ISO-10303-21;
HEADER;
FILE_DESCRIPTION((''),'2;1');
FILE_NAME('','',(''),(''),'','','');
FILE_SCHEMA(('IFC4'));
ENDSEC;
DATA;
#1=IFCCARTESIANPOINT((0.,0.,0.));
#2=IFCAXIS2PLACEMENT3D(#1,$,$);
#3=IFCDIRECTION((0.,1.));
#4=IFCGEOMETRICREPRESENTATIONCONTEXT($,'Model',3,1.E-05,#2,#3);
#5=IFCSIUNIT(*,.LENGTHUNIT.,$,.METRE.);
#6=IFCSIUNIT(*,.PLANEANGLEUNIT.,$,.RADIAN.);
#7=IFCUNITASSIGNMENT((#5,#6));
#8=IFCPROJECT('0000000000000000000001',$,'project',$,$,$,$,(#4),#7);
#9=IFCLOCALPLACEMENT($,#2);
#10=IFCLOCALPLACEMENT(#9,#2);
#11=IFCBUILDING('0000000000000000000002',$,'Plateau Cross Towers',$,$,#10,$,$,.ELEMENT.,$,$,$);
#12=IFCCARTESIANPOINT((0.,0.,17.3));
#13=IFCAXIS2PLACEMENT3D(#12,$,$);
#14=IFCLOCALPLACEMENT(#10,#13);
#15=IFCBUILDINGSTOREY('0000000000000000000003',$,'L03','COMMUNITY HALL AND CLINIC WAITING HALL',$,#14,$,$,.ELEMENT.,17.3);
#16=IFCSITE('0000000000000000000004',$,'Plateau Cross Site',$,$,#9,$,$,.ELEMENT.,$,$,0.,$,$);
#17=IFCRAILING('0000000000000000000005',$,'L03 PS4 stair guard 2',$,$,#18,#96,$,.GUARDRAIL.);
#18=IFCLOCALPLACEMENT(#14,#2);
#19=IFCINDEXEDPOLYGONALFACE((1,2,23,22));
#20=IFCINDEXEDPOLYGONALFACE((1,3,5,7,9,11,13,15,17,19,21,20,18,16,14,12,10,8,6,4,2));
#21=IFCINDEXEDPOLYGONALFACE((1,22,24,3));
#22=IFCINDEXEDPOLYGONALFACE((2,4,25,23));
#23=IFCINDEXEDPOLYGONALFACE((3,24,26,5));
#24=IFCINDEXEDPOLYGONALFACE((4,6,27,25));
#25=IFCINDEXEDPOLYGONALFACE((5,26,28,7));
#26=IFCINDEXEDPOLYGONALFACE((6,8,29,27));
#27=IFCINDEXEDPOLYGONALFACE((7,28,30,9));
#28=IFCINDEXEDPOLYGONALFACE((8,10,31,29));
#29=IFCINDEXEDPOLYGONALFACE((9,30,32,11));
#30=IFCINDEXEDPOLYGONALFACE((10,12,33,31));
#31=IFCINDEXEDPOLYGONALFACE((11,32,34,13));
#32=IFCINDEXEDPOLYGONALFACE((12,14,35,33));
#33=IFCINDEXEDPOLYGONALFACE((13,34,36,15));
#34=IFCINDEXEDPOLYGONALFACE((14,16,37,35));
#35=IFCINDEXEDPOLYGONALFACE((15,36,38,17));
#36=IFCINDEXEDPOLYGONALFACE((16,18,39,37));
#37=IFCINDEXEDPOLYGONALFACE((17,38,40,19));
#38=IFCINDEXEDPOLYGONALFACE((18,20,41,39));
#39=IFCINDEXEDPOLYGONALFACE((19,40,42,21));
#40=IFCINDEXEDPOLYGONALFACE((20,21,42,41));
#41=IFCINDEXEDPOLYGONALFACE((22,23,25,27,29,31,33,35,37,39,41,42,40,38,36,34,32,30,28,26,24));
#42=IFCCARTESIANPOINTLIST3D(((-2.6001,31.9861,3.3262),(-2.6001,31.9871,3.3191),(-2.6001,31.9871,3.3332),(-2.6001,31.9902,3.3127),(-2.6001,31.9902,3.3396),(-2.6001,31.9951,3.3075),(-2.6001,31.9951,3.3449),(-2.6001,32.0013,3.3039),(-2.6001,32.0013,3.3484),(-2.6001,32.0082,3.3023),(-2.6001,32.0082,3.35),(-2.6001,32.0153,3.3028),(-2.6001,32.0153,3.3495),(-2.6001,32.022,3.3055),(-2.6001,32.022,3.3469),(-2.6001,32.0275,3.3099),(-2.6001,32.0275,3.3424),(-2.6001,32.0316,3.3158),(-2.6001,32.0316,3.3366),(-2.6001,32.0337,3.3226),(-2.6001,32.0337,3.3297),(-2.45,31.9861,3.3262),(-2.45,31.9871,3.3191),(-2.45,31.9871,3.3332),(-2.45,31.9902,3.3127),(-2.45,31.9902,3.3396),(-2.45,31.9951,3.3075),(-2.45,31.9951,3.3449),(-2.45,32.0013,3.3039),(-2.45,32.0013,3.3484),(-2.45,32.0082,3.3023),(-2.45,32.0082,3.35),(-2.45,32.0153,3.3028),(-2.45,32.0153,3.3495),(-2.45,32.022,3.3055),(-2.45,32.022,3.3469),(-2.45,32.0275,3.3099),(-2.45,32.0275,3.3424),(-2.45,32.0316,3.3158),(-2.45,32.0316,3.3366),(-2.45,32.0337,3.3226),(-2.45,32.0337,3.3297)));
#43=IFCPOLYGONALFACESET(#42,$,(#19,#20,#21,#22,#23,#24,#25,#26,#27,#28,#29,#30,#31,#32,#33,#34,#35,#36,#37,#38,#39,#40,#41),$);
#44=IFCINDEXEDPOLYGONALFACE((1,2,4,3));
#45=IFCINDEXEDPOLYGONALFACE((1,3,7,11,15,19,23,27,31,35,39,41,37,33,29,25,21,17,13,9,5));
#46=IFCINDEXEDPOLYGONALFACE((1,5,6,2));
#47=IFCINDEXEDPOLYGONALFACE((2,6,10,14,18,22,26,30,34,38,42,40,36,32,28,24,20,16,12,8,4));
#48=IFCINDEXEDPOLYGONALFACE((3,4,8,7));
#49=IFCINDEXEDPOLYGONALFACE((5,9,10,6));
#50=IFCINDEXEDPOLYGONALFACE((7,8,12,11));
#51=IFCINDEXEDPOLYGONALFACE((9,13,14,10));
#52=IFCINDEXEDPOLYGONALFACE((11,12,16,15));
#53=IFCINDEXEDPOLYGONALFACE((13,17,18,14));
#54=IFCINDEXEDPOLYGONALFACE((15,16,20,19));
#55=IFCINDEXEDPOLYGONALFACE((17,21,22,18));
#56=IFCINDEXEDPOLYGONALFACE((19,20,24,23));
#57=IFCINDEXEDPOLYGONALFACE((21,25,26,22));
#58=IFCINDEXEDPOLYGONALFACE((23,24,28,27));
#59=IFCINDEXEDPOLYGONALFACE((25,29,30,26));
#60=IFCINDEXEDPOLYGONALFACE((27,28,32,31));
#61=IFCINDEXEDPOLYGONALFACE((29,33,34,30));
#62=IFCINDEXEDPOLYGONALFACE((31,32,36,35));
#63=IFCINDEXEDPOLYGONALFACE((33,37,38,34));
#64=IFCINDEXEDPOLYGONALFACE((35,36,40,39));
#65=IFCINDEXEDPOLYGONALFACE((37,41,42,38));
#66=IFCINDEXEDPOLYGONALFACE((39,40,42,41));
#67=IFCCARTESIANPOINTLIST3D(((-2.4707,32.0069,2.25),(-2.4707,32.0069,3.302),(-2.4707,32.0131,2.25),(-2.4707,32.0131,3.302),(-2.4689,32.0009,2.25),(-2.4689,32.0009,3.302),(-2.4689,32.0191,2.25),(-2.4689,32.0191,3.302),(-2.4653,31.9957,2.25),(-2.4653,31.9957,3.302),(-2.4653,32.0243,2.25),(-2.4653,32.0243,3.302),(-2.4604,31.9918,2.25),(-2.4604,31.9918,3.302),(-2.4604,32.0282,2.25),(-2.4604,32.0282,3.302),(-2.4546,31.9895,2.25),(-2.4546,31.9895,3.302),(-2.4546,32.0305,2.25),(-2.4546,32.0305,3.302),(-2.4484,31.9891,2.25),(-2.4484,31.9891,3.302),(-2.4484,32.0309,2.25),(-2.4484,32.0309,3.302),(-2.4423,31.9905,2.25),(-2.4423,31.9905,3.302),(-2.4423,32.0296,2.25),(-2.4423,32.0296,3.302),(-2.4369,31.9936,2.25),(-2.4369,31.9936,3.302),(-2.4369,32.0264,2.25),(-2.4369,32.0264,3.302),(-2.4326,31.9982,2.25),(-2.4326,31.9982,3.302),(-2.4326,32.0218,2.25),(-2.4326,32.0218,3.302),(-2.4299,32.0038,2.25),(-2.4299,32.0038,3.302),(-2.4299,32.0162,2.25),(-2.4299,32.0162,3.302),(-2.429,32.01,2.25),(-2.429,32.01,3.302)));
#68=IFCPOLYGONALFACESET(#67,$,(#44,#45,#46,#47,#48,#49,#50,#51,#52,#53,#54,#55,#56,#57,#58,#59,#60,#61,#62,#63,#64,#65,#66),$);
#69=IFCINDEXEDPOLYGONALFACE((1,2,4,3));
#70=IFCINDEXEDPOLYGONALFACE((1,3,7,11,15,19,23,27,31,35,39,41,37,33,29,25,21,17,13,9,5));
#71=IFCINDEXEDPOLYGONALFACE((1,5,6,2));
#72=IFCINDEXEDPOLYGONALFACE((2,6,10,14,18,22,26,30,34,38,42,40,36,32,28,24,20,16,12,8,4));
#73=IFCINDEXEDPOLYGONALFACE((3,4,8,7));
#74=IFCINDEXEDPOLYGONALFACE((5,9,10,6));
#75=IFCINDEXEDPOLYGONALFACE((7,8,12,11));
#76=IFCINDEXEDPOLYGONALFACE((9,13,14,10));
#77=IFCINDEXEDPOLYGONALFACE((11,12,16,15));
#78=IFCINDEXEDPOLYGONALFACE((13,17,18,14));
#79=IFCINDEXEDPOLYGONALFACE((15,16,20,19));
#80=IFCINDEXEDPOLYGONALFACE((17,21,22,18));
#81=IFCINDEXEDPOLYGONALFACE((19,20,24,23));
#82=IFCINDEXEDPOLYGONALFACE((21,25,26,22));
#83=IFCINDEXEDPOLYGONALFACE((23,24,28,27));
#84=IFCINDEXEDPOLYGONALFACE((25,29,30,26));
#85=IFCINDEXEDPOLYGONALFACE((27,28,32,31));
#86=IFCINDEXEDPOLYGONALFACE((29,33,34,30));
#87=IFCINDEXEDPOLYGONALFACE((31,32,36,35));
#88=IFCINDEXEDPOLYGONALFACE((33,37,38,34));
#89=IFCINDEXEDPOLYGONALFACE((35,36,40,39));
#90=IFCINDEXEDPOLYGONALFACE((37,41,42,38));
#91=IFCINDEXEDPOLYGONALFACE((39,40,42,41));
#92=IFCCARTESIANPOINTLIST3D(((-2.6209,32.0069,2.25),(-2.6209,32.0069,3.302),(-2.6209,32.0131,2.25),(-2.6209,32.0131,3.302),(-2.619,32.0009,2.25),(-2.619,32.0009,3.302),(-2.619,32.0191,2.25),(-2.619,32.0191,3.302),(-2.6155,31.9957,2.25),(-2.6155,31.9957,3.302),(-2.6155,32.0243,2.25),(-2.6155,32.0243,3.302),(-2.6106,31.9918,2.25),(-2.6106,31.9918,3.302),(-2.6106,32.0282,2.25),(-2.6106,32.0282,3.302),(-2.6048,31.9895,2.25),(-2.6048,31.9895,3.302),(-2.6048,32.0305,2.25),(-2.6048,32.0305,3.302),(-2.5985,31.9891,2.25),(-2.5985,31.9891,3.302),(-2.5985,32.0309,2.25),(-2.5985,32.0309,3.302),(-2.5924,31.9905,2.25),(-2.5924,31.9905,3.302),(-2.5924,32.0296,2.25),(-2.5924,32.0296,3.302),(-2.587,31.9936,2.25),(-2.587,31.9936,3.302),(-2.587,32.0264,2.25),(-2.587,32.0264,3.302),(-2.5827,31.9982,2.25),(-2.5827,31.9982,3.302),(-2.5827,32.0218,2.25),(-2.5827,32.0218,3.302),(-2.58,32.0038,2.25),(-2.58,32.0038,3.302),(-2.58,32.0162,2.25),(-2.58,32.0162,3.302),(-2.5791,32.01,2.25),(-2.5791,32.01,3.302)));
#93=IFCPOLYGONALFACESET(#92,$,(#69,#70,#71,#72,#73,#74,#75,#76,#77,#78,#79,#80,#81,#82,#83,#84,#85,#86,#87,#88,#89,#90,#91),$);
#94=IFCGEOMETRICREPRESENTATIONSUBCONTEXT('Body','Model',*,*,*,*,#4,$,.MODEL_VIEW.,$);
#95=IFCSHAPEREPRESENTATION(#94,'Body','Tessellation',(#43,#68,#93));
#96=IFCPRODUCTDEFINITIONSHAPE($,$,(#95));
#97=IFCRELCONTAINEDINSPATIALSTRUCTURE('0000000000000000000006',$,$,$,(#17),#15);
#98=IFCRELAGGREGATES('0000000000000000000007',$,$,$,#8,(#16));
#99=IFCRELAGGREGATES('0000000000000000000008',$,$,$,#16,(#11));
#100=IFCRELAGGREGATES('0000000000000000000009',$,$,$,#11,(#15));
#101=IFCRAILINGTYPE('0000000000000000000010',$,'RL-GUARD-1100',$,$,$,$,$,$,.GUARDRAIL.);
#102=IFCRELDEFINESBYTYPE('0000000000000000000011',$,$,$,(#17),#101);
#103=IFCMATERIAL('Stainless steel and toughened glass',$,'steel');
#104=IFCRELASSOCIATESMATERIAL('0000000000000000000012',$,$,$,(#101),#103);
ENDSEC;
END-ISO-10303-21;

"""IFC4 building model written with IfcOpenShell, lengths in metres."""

from ifc_helpers import new_model, si_unit, direction, frame, origin, origin_2d, place, context, subcontext, project, spatial, circle, extrude, material, type_object, element, save


model = new_model("IFC4")

# Units and contexts
model_context = context("Model", 3, precision=1e-05, world=origin(), true_north=direction((0.0, 1.0)))
body_context = subcontext(model_context, "Body", "Model", "MODEL_VIEW")
ifc_project = project(units=[si_unit("LENGTHUNIT", "METRE"), si_unit("PLANEANGLEUNIT", "RADIAN")], contexts=[model_context])

# Site, building, storey
site_placement = place(None, origin())
site = spatial("IfcSite", under=ifc_project, at=site_placement, Name="Plateau Cross Site", CompositionType="ELEMENT", RefElevation=0.0)
building_placement = place(site_placement, origin())
building = spatial("IfcBuilding", under=site, at=building_placement, Name="Plateau Cross Towers", CompositionType="ELEMENT")
storey_placement = place(building_placement, frame((0.0, 0.0, 17.3)))
storey = spatial("IfcBuildingStorey", under=building, at=storey_placement, Name="L03", Description="COMMUNITY HALL AND CLINIC WAITING HALL", CompositionType="ELEMENT", Elevation=17.3)

# Railing
ifc_material_1 = material(Name="Stainless steel and toughened glass", Category="steel")
railing_type_1 = type_object("IfcRailingType", Name="RL-GUARD-1100", PredefinedType="GUARDRAIL", material=ifc_material_1)
railing_1_placement = place(storey_placement, frame((-2.45, 32.01, 2.25)))
element("IfcRailing", 1, at=railing_1_placement, inside=storey, type_object=railing_type_1, Name="L03 PS4 stair guard 2", PredefinedType="GUARDRAIL", context=body_context, shape_type="SweptSolid", body=[
    extrude(circle(Radius=0.0239, at=origin_2d()), frame((0.0, 0.0, 1.0762), z_axis=(-1.0, 0.0, 0.0), x_axis=(0.0, -1.0, 0.0)), (0.0, 0.0, 1.0), 0.1501),
    extrude(circle(Radius=0.021, at=origin_2d()), origin(), (0.0, 0.0, 1.0), 1.052),
    extrude(circle(Radius=0.021, at=origin_2d()), frame((-0.1501, 0.0, 0.0)), (0.0, 0.0, 1.0), 1.052),
])

save(model, "model.ifc")
